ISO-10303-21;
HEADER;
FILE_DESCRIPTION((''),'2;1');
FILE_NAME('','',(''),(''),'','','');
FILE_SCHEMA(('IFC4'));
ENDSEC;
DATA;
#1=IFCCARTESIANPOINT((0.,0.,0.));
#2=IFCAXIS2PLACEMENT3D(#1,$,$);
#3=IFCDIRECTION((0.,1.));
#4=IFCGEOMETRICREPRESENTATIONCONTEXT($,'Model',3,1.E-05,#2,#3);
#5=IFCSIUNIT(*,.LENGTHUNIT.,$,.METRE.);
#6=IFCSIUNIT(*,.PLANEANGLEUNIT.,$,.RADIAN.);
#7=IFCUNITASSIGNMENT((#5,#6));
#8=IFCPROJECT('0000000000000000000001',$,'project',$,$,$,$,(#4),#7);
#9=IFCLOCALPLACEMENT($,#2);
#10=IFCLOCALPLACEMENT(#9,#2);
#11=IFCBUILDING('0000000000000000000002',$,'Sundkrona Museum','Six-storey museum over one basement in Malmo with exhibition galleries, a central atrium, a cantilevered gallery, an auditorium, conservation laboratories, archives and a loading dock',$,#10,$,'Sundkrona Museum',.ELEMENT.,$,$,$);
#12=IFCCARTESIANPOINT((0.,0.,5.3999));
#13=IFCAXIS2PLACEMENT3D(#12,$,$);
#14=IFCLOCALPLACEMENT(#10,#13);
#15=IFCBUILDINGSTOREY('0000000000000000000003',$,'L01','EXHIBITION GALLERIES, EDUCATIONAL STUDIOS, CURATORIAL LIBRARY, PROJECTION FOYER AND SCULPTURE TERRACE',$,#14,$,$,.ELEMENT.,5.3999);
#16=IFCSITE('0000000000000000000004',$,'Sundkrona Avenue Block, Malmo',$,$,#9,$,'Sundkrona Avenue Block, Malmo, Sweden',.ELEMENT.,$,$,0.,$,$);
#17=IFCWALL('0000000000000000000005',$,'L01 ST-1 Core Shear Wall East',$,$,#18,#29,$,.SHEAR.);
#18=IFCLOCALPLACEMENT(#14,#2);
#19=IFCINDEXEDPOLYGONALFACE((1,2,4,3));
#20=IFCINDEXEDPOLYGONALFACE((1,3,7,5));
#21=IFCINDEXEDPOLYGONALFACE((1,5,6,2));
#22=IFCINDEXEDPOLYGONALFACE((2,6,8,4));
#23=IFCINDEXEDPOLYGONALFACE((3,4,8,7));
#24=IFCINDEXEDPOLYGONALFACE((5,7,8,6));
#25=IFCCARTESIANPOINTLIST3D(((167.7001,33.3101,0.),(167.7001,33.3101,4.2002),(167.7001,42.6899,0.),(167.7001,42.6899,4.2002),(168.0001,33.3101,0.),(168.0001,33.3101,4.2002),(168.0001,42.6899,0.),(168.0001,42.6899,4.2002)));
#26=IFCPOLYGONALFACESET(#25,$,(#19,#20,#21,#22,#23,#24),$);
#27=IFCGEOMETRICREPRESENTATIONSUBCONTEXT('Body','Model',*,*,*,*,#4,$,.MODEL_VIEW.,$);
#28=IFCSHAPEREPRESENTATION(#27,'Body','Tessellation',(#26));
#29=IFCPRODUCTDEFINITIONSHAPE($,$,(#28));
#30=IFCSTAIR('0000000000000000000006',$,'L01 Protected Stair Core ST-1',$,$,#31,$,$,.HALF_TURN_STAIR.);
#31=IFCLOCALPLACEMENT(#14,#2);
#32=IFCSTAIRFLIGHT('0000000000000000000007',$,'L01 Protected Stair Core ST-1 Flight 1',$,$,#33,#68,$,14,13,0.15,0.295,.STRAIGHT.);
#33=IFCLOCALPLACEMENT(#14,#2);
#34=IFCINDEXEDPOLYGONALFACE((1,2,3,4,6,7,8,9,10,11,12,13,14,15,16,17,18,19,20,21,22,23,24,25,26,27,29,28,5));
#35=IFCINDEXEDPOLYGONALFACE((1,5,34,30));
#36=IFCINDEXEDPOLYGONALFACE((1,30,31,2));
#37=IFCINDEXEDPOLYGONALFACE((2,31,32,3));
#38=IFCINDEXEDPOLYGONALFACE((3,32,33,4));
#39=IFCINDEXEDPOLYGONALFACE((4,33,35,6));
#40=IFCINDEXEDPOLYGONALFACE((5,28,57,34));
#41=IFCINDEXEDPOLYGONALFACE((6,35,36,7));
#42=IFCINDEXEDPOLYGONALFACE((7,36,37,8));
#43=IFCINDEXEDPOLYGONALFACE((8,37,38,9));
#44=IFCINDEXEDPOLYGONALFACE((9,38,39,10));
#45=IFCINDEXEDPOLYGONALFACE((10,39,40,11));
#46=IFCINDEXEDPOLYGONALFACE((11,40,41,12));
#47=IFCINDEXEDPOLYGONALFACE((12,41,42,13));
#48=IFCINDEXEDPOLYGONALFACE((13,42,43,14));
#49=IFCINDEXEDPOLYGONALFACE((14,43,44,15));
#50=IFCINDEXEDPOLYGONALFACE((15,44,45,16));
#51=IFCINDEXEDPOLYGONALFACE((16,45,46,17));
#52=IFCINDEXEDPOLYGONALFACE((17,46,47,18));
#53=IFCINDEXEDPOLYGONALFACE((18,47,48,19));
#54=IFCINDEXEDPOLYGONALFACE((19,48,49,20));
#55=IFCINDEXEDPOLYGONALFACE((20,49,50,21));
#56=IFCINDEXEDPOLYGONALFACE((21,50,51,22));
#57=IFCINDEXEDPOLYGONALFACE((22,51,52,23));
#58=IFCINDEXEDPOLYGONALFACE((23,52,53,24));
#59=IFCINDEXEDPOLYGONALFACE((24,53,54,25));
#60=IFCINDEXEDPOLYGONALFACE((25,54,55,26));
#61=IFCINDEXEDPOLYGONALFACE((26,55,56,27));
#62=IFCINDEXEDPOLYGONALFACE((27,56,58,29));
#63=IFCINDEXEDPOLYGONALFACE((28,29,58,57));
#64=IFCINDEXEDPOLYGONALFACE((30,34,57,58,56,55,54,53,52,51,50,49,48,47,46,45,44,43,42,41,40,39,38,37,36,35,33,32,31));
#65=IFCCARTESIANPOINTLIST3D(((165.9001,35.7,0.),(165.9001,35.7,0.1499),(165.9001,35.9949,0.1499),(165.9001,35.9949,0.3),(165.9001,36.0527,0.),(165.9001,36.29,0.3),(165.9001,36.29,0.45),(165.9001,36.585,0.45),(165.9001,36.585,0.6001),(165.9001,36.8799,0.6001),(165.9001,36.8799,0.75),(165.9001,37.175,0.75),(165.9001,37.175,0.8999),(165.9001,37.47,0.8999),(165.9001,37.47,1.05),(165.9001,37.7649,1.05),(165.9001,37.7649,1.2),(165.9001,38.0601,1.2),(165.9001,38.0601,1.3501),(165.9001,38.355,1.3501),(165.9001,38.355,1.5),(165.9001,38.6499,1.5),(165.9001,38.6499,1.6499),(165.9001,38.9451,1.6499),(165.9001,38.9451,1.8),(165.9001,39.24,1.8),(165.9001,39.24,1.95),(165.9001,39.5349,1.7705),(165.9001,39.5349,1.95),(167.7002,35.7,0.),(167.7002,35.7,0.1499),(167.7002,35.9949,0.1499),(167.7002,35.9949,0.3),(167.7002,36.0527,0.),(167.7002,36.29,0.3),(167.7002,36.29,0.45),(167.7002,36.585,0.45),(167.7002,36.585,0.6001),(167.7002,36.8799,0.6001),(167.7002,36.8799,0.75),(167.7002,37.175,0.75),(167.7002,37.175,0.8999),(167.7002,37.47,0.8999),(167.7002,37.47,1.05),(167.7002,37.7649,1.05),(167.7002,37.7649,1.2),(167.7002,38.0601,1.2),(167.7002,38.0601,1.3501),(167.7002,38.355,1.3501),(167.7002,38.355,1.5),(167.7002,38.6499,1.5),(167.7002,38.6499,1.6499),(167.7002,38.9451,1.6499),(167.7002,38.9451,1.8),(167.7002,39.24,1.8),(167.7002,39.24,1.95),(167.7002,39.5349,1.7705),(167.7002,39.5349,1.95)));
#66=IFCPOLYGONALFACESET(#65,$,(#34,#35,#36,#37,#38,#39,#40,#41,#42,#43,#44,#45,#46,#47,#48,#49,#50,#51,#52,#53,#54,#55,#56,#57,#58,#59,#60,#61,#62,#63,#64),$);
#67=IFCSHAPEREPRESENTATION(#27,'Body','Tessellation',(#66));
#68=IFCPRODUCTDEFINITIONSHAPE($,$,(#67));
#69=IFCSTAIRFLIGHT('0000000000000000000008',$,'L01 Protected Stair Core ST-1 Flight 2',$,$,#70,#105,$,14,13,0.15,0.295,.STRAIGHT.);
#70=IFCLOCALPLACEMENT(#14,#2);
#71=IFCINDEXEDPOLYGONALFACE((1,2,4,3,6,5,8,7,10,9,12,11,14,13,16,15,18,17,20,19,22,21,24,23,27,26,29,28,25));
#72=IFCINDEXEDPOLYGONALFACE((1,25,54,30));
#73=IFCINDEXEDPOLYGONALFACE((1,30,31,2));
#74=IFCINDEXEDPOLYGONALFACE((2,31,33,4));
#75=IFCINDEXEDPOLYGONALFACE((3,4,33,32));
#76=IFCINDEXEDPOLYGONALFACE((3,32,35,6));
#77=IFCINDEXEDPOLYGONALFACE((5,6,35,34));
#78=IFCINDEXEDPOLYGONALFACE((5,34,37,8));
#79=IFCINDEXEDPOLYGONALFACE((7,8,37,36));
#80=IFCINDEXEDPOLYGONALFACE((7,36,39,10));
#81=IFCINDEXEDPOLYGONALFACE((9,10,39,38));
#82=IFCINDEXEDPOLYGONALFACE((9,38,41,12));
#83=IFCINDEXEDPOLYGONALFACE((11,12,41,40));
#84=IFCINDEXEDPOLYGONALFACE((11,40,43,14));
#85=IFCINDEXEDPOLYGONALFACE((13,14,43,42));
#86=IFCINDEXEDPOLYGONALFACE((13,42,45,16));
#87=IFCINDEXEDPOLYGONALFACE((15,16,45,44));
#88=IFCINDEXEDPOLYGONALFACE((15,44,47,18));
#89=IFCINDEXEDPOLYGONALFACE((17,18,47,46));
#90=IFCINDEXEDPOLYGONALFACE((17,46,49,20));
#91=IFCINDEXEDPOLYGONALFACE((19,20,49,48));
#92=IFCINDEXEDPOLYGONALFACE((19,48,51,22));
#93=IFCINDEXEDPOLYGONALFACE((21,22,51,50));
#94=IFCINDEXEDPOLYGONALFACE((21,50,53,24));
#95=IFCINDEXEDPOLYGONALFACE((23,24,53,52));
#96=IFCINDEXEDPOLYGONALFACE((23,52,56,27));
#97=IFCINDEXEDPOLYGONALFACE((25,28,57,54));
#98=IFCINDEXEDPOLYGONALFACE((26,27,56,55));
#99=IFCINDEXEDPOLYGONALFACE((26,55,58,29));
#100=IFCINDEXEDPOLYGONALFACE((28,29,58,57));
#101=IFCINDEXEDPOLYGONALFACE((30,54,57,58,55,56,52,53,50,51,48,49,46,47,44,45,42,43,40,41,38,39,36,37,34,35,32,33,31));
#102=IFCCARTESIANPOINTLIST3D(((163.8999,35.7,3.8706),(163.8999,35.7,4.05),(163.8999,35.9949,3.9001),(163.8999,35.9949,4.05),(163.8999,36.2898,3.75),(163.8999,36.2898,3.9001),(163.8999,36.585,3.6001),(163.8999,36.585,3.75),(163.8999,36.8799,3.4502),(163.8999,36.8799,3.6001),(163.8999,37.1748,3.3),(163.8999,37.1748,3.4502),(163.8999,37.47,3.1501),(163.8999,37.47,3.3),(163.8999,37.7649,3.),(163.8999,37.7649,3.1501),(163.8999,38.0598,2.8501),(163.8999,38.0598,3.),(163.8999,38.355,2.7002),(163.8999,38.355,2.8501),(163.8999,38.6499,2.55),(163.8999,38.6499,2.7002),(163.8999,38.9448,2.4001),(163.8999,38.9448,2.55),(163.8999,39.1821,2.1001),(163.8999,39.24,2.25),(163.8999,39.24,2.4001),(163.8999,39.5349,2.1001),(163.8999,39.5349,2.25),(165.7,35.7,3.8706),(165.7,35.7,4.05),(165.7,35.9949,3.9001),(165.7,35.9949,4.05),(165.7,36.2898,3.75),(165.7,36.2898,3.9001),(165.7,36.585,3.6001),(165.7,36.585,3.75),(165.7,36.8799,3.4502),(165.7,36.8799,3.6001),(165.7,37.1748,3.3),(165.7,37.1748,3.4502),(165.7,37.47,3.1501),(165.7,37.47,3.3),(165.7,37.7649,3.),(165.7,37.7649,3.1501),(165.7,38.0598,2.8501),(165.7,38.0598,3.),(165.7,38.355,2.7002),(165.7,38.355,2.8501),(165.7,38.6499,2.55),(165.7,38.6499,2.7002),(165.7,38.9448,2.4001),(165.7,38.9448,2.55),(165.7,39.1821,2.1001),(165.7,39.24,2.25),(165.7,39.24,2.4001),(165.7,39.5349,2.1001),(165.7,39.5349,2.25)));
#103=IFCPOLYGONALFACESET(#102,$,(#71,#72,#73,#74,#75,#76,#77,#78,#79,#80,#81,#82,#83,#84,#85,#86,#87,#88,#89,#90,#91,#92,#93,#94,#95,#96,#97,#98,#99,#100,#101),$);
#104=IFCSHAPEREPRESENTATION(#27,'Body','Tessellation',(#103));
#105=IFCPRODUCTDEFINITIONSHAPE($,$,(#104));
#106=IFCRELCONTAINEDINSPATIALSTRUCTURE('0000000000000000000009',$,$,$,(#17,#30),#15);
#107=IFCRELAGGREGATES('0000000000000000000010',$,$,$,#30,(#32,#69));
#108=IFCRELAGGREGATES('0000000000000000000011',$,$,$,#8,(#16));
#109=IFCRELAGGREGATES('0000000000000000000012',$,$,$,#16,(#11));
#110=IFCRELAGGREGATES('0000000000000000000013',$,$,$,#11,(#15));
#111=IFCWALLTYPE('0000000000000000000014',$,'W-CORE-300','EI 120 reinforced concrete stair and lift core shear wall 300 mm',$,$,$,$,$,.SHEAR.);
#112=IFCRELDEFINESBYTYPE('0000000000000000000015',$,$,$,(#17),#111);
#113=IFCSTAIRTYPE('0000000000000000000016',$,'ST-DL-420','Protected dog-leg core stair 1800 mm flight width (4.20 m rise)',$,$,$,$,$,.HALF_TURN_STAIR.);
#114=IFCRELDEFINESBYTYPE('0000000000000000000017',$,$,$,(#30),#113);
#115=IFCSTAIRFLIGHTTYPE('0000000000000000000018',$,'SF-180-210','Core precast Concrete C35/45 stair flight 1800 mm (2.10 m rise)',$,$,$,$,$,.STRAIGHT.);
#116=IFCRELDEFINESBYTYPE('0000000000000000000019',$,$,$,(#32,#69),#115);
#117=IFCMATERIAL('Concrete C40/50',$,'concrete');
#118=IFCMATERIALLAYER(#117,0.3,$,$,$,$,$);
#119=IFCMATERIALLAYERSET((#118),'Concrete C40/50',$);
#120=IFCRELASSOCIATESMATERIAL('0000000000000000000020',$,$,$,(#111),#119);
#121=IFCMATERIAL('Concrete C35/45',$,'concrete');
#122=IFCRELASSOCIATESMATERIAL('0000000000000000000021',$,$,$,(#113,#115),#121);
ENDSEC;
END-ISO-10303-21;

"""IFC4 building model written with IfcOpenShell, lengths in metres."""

from ifc_helpers import new_model, si_unit, direction, frame, frame_2d, origin, place, context, subcontext, project, spatial, polyline, rectangle, outline, extrude, material, layer, layer_set, type_object, element, aggregate, save


model = new_model("IFC4")

# Units and contexts
model_context = context("Model", 3, precision=1e-05, world=origin(), true_north=direction((0.0, 1.0)))
body_context = subcontext(model_context, "Body", "Model", "MODEL_VIEW")
ifc_project = project(units=[si_unit("LENGTHUNIT", "METRE"), si_unit("PLANEANGLEUNIT", "RADIAN")], contexts=[model_context])

# Site, building, storey
site_placement = place(None, origin())
site = spatial("IfcSite", under=ifc_project, at=site_placement, Name="Sundkrona Avenue Block, Malmo", LongName="Sundkrona Avenue Block, Malmo, Sweden", CompositionType="ELEMENT", RefElevation=0.0)
building_placement = place(site_placement, origin())
building = spatial("IfcBuilding", under=site, at=building_placement, Name="Sundkrona Museum", Description="Six-storey museum over one basement in Malmo with exhibition galleries, a central atrium, a cantilevered gallery, an auditorium, conservation laboratories, archives and a loading dock", LongName="Sundkrona Museum", CompositionType="ELEMENT")
storey_placement = place(building_placement, frame((0.0, 0.0, 5.3999)))
storey = spatial("IfcBuildingStorey", under=building, at=storey_placement, Name="L01", Description="EXHIBITION GALLERIES, EDUCATIONAL STUDIOS, CURATORIAL LIBRARY, PROJECTION FOYER AND SCULPTURE TERRACE", CompositionType="ELEMENT", Elevation=5.3999)

# Wall
ifc_material_1 = material(Name="Concrete C40/50", Category="concrete")
ifc_layer_1 = layer(ifc_material_1, 0.3)
ifc_layer_set_1 = layer_set([ifc_layer_1], Name="Concrete C40/50")
wall_type = type_object("IfcWallType", Name="W-CORE-300", Description="EI 120 reinforced concrete stair and lift core shear wall 300 mm", PredefinedType="SHEAR", material=ifc_layer_set_1)
wall_placement = place(storey_placement, frame((167.8501, 33.3101, 0.0), z_axis=(0.0, 0.0, 1.0), x_axis=(0.0, 1.0, 0.0)))
element("IfcWall", 1, at=wall_placement, inside=storey, type_object=wall_type, Name="L01 ST-1 Core Shear Wall East", PredefinedType="SHEAR", context=body_context, shape_type="SweptSolid", body=[
    extrude(rectangle(XDim=9.3799, YDim=0.3, at=frame_2d((4.6899, 0.0))), origin(), (0.0, 0.0, 1.0), 4.2002),
])

# Stair, stair flights
ifc_material_2 = material(Name="Concrete C35/45", Category="concrete")
stair_type = type_object("IfcStairType", Name="ST-DL-420", Description="Protected dog-leg core stair 1800 mm flight width (4.20 m rise)", PredefinedType="HALF_TURN_STAIR", material=ifc_material_2)
stair_placement = place(storey_placement, origin())
stair = element("IfcStair", 2, at=stair_placement, inside=storey, type_object=stair_type, Name="L01 Protected Stair Core ST-1", PredefinedType="HALF_TURN_STAIR")
stair_flight_type = type_object("IfcStairFlightType", Name="SF-180-210", Description="Core precast Concrete C35/45 stair flight 1800 mm (2.10 m rise)", PredefinedType="STRAIGHT", material=ifc_material_2)
stair_flight_1_placement = place(storey_placement, frame((166.8, 35.7, 0.0), z_axis=(0.0, 0.0, 1.0), x_axis=(0.0, 1.0, 0.0)))
stair_flight_1 = element("IfcStairFlight", 3, at=stair_flight_1_placement, type_object=stair_flight_type, Name="L01 Protected Stair Core ST-1 Flight 1", NumberOfRisers=14, NumberOfTreads=13, PredefinedType="STRAIGHT", RiserHeight=0.15, TreadLength=0.295, context=body_context, shape_type="SweptSolid", body=[
    extrude(outline(polyline([(0.0, 0.0), (0.0, 0.1499), (0.2949, 0.1499), (0.2949, 0.3), (0.5901, 0.3), (0.5901, 0.45), (0.885, 0.45), (0.885, 0.6001), (1.1799, 0.6001), (1.1799, 0.75), (1.4751, 0.75), (1.4751, 0.8999), (1.77, 0.8999), (1.77, 1.05), (2.0649, 1.05), (2.0649, 1.2), (2.3601, 1.2), (2.3601, 1.3501), (2.655, 1.3501), (2.655, 1.5), (2.95, 1.5), (2.95, 1.6499), (3.2451, 1.6499), (3.2451, 1.8), (3.54, 1.8), (3.54, 1.95), (3.835, 1.95), (3.835, 2.1001), (3.835, 1.7705), (0.3528, 0.0), (0.0, 0.0)])), frame((0.0, 0.8999, 0.0), z_axis=(0.0, -1.0, 0.0), x_axis=(1.0, 0.0, 0.0)), (0.0, 0.0, 1.0), 1.8),
])
stair_flight_2_placement = place(storey_placement, frame((164.8, 39.5349, 2.1001), z_axis=(0.0, 0.0, 1.0), x_axis=(0.0, -1.0, 0.0)))
stair_flight_2 = element("IfcStairFlight", 4, at=stair_flight_2_placement, type_object=stair_flight_type, Name="L01 Protected Stair Core ST-1 Flight 2", NumberOfRisers=14, NumberOfTreads=13, PredefinedType="STRAIGHT", RiserHeight=0.15, TreadLength=0.295, context=body_context, shape_type="SweptSolid", body=[
    extrude(outline(polyline([(0.0, 0.0), (0.0, 0.1499), (0.2949, 0.1499), (0.2949, 0.3), (0.5901, 0.3), (0.5901, 0.45), (0.885, 0.45), (0.885, 0.6001), (1.1799, 0.6001), (1.1799, 0.75), (1.4751, 0.75), (1.4751, 0.8999), (1.77, 0.8999), (1.77, 1.05), (2.0649, 1.05), (2.0649, 1.2), (2.3601, 1.2), (2.3601, 1.3501), (2.655, 1.3501), (2.655, 1.5), (2.95, 1.5), (2.95, 1.6499), (3.2451, 1.6499), (3.2451, 1.8), (3.54, 1.8), (3.54, 1.95), (3.835, 1.95), (3.835, 2.1001), (3.835, 1.7705), (0.3528, 0.0), (0.0, 0.0)])), frame((0.0, 0.8999, 0.0), z_axis=(0.0, -1.0, 0.0), x_axis=(1.0, 0.0, 0.0)), (0.0, 0.0, 1.0), 1.8),
])
aggregate(stair, [stair_flight_1, stair_flight_2])

save(model, "model.ifc")
